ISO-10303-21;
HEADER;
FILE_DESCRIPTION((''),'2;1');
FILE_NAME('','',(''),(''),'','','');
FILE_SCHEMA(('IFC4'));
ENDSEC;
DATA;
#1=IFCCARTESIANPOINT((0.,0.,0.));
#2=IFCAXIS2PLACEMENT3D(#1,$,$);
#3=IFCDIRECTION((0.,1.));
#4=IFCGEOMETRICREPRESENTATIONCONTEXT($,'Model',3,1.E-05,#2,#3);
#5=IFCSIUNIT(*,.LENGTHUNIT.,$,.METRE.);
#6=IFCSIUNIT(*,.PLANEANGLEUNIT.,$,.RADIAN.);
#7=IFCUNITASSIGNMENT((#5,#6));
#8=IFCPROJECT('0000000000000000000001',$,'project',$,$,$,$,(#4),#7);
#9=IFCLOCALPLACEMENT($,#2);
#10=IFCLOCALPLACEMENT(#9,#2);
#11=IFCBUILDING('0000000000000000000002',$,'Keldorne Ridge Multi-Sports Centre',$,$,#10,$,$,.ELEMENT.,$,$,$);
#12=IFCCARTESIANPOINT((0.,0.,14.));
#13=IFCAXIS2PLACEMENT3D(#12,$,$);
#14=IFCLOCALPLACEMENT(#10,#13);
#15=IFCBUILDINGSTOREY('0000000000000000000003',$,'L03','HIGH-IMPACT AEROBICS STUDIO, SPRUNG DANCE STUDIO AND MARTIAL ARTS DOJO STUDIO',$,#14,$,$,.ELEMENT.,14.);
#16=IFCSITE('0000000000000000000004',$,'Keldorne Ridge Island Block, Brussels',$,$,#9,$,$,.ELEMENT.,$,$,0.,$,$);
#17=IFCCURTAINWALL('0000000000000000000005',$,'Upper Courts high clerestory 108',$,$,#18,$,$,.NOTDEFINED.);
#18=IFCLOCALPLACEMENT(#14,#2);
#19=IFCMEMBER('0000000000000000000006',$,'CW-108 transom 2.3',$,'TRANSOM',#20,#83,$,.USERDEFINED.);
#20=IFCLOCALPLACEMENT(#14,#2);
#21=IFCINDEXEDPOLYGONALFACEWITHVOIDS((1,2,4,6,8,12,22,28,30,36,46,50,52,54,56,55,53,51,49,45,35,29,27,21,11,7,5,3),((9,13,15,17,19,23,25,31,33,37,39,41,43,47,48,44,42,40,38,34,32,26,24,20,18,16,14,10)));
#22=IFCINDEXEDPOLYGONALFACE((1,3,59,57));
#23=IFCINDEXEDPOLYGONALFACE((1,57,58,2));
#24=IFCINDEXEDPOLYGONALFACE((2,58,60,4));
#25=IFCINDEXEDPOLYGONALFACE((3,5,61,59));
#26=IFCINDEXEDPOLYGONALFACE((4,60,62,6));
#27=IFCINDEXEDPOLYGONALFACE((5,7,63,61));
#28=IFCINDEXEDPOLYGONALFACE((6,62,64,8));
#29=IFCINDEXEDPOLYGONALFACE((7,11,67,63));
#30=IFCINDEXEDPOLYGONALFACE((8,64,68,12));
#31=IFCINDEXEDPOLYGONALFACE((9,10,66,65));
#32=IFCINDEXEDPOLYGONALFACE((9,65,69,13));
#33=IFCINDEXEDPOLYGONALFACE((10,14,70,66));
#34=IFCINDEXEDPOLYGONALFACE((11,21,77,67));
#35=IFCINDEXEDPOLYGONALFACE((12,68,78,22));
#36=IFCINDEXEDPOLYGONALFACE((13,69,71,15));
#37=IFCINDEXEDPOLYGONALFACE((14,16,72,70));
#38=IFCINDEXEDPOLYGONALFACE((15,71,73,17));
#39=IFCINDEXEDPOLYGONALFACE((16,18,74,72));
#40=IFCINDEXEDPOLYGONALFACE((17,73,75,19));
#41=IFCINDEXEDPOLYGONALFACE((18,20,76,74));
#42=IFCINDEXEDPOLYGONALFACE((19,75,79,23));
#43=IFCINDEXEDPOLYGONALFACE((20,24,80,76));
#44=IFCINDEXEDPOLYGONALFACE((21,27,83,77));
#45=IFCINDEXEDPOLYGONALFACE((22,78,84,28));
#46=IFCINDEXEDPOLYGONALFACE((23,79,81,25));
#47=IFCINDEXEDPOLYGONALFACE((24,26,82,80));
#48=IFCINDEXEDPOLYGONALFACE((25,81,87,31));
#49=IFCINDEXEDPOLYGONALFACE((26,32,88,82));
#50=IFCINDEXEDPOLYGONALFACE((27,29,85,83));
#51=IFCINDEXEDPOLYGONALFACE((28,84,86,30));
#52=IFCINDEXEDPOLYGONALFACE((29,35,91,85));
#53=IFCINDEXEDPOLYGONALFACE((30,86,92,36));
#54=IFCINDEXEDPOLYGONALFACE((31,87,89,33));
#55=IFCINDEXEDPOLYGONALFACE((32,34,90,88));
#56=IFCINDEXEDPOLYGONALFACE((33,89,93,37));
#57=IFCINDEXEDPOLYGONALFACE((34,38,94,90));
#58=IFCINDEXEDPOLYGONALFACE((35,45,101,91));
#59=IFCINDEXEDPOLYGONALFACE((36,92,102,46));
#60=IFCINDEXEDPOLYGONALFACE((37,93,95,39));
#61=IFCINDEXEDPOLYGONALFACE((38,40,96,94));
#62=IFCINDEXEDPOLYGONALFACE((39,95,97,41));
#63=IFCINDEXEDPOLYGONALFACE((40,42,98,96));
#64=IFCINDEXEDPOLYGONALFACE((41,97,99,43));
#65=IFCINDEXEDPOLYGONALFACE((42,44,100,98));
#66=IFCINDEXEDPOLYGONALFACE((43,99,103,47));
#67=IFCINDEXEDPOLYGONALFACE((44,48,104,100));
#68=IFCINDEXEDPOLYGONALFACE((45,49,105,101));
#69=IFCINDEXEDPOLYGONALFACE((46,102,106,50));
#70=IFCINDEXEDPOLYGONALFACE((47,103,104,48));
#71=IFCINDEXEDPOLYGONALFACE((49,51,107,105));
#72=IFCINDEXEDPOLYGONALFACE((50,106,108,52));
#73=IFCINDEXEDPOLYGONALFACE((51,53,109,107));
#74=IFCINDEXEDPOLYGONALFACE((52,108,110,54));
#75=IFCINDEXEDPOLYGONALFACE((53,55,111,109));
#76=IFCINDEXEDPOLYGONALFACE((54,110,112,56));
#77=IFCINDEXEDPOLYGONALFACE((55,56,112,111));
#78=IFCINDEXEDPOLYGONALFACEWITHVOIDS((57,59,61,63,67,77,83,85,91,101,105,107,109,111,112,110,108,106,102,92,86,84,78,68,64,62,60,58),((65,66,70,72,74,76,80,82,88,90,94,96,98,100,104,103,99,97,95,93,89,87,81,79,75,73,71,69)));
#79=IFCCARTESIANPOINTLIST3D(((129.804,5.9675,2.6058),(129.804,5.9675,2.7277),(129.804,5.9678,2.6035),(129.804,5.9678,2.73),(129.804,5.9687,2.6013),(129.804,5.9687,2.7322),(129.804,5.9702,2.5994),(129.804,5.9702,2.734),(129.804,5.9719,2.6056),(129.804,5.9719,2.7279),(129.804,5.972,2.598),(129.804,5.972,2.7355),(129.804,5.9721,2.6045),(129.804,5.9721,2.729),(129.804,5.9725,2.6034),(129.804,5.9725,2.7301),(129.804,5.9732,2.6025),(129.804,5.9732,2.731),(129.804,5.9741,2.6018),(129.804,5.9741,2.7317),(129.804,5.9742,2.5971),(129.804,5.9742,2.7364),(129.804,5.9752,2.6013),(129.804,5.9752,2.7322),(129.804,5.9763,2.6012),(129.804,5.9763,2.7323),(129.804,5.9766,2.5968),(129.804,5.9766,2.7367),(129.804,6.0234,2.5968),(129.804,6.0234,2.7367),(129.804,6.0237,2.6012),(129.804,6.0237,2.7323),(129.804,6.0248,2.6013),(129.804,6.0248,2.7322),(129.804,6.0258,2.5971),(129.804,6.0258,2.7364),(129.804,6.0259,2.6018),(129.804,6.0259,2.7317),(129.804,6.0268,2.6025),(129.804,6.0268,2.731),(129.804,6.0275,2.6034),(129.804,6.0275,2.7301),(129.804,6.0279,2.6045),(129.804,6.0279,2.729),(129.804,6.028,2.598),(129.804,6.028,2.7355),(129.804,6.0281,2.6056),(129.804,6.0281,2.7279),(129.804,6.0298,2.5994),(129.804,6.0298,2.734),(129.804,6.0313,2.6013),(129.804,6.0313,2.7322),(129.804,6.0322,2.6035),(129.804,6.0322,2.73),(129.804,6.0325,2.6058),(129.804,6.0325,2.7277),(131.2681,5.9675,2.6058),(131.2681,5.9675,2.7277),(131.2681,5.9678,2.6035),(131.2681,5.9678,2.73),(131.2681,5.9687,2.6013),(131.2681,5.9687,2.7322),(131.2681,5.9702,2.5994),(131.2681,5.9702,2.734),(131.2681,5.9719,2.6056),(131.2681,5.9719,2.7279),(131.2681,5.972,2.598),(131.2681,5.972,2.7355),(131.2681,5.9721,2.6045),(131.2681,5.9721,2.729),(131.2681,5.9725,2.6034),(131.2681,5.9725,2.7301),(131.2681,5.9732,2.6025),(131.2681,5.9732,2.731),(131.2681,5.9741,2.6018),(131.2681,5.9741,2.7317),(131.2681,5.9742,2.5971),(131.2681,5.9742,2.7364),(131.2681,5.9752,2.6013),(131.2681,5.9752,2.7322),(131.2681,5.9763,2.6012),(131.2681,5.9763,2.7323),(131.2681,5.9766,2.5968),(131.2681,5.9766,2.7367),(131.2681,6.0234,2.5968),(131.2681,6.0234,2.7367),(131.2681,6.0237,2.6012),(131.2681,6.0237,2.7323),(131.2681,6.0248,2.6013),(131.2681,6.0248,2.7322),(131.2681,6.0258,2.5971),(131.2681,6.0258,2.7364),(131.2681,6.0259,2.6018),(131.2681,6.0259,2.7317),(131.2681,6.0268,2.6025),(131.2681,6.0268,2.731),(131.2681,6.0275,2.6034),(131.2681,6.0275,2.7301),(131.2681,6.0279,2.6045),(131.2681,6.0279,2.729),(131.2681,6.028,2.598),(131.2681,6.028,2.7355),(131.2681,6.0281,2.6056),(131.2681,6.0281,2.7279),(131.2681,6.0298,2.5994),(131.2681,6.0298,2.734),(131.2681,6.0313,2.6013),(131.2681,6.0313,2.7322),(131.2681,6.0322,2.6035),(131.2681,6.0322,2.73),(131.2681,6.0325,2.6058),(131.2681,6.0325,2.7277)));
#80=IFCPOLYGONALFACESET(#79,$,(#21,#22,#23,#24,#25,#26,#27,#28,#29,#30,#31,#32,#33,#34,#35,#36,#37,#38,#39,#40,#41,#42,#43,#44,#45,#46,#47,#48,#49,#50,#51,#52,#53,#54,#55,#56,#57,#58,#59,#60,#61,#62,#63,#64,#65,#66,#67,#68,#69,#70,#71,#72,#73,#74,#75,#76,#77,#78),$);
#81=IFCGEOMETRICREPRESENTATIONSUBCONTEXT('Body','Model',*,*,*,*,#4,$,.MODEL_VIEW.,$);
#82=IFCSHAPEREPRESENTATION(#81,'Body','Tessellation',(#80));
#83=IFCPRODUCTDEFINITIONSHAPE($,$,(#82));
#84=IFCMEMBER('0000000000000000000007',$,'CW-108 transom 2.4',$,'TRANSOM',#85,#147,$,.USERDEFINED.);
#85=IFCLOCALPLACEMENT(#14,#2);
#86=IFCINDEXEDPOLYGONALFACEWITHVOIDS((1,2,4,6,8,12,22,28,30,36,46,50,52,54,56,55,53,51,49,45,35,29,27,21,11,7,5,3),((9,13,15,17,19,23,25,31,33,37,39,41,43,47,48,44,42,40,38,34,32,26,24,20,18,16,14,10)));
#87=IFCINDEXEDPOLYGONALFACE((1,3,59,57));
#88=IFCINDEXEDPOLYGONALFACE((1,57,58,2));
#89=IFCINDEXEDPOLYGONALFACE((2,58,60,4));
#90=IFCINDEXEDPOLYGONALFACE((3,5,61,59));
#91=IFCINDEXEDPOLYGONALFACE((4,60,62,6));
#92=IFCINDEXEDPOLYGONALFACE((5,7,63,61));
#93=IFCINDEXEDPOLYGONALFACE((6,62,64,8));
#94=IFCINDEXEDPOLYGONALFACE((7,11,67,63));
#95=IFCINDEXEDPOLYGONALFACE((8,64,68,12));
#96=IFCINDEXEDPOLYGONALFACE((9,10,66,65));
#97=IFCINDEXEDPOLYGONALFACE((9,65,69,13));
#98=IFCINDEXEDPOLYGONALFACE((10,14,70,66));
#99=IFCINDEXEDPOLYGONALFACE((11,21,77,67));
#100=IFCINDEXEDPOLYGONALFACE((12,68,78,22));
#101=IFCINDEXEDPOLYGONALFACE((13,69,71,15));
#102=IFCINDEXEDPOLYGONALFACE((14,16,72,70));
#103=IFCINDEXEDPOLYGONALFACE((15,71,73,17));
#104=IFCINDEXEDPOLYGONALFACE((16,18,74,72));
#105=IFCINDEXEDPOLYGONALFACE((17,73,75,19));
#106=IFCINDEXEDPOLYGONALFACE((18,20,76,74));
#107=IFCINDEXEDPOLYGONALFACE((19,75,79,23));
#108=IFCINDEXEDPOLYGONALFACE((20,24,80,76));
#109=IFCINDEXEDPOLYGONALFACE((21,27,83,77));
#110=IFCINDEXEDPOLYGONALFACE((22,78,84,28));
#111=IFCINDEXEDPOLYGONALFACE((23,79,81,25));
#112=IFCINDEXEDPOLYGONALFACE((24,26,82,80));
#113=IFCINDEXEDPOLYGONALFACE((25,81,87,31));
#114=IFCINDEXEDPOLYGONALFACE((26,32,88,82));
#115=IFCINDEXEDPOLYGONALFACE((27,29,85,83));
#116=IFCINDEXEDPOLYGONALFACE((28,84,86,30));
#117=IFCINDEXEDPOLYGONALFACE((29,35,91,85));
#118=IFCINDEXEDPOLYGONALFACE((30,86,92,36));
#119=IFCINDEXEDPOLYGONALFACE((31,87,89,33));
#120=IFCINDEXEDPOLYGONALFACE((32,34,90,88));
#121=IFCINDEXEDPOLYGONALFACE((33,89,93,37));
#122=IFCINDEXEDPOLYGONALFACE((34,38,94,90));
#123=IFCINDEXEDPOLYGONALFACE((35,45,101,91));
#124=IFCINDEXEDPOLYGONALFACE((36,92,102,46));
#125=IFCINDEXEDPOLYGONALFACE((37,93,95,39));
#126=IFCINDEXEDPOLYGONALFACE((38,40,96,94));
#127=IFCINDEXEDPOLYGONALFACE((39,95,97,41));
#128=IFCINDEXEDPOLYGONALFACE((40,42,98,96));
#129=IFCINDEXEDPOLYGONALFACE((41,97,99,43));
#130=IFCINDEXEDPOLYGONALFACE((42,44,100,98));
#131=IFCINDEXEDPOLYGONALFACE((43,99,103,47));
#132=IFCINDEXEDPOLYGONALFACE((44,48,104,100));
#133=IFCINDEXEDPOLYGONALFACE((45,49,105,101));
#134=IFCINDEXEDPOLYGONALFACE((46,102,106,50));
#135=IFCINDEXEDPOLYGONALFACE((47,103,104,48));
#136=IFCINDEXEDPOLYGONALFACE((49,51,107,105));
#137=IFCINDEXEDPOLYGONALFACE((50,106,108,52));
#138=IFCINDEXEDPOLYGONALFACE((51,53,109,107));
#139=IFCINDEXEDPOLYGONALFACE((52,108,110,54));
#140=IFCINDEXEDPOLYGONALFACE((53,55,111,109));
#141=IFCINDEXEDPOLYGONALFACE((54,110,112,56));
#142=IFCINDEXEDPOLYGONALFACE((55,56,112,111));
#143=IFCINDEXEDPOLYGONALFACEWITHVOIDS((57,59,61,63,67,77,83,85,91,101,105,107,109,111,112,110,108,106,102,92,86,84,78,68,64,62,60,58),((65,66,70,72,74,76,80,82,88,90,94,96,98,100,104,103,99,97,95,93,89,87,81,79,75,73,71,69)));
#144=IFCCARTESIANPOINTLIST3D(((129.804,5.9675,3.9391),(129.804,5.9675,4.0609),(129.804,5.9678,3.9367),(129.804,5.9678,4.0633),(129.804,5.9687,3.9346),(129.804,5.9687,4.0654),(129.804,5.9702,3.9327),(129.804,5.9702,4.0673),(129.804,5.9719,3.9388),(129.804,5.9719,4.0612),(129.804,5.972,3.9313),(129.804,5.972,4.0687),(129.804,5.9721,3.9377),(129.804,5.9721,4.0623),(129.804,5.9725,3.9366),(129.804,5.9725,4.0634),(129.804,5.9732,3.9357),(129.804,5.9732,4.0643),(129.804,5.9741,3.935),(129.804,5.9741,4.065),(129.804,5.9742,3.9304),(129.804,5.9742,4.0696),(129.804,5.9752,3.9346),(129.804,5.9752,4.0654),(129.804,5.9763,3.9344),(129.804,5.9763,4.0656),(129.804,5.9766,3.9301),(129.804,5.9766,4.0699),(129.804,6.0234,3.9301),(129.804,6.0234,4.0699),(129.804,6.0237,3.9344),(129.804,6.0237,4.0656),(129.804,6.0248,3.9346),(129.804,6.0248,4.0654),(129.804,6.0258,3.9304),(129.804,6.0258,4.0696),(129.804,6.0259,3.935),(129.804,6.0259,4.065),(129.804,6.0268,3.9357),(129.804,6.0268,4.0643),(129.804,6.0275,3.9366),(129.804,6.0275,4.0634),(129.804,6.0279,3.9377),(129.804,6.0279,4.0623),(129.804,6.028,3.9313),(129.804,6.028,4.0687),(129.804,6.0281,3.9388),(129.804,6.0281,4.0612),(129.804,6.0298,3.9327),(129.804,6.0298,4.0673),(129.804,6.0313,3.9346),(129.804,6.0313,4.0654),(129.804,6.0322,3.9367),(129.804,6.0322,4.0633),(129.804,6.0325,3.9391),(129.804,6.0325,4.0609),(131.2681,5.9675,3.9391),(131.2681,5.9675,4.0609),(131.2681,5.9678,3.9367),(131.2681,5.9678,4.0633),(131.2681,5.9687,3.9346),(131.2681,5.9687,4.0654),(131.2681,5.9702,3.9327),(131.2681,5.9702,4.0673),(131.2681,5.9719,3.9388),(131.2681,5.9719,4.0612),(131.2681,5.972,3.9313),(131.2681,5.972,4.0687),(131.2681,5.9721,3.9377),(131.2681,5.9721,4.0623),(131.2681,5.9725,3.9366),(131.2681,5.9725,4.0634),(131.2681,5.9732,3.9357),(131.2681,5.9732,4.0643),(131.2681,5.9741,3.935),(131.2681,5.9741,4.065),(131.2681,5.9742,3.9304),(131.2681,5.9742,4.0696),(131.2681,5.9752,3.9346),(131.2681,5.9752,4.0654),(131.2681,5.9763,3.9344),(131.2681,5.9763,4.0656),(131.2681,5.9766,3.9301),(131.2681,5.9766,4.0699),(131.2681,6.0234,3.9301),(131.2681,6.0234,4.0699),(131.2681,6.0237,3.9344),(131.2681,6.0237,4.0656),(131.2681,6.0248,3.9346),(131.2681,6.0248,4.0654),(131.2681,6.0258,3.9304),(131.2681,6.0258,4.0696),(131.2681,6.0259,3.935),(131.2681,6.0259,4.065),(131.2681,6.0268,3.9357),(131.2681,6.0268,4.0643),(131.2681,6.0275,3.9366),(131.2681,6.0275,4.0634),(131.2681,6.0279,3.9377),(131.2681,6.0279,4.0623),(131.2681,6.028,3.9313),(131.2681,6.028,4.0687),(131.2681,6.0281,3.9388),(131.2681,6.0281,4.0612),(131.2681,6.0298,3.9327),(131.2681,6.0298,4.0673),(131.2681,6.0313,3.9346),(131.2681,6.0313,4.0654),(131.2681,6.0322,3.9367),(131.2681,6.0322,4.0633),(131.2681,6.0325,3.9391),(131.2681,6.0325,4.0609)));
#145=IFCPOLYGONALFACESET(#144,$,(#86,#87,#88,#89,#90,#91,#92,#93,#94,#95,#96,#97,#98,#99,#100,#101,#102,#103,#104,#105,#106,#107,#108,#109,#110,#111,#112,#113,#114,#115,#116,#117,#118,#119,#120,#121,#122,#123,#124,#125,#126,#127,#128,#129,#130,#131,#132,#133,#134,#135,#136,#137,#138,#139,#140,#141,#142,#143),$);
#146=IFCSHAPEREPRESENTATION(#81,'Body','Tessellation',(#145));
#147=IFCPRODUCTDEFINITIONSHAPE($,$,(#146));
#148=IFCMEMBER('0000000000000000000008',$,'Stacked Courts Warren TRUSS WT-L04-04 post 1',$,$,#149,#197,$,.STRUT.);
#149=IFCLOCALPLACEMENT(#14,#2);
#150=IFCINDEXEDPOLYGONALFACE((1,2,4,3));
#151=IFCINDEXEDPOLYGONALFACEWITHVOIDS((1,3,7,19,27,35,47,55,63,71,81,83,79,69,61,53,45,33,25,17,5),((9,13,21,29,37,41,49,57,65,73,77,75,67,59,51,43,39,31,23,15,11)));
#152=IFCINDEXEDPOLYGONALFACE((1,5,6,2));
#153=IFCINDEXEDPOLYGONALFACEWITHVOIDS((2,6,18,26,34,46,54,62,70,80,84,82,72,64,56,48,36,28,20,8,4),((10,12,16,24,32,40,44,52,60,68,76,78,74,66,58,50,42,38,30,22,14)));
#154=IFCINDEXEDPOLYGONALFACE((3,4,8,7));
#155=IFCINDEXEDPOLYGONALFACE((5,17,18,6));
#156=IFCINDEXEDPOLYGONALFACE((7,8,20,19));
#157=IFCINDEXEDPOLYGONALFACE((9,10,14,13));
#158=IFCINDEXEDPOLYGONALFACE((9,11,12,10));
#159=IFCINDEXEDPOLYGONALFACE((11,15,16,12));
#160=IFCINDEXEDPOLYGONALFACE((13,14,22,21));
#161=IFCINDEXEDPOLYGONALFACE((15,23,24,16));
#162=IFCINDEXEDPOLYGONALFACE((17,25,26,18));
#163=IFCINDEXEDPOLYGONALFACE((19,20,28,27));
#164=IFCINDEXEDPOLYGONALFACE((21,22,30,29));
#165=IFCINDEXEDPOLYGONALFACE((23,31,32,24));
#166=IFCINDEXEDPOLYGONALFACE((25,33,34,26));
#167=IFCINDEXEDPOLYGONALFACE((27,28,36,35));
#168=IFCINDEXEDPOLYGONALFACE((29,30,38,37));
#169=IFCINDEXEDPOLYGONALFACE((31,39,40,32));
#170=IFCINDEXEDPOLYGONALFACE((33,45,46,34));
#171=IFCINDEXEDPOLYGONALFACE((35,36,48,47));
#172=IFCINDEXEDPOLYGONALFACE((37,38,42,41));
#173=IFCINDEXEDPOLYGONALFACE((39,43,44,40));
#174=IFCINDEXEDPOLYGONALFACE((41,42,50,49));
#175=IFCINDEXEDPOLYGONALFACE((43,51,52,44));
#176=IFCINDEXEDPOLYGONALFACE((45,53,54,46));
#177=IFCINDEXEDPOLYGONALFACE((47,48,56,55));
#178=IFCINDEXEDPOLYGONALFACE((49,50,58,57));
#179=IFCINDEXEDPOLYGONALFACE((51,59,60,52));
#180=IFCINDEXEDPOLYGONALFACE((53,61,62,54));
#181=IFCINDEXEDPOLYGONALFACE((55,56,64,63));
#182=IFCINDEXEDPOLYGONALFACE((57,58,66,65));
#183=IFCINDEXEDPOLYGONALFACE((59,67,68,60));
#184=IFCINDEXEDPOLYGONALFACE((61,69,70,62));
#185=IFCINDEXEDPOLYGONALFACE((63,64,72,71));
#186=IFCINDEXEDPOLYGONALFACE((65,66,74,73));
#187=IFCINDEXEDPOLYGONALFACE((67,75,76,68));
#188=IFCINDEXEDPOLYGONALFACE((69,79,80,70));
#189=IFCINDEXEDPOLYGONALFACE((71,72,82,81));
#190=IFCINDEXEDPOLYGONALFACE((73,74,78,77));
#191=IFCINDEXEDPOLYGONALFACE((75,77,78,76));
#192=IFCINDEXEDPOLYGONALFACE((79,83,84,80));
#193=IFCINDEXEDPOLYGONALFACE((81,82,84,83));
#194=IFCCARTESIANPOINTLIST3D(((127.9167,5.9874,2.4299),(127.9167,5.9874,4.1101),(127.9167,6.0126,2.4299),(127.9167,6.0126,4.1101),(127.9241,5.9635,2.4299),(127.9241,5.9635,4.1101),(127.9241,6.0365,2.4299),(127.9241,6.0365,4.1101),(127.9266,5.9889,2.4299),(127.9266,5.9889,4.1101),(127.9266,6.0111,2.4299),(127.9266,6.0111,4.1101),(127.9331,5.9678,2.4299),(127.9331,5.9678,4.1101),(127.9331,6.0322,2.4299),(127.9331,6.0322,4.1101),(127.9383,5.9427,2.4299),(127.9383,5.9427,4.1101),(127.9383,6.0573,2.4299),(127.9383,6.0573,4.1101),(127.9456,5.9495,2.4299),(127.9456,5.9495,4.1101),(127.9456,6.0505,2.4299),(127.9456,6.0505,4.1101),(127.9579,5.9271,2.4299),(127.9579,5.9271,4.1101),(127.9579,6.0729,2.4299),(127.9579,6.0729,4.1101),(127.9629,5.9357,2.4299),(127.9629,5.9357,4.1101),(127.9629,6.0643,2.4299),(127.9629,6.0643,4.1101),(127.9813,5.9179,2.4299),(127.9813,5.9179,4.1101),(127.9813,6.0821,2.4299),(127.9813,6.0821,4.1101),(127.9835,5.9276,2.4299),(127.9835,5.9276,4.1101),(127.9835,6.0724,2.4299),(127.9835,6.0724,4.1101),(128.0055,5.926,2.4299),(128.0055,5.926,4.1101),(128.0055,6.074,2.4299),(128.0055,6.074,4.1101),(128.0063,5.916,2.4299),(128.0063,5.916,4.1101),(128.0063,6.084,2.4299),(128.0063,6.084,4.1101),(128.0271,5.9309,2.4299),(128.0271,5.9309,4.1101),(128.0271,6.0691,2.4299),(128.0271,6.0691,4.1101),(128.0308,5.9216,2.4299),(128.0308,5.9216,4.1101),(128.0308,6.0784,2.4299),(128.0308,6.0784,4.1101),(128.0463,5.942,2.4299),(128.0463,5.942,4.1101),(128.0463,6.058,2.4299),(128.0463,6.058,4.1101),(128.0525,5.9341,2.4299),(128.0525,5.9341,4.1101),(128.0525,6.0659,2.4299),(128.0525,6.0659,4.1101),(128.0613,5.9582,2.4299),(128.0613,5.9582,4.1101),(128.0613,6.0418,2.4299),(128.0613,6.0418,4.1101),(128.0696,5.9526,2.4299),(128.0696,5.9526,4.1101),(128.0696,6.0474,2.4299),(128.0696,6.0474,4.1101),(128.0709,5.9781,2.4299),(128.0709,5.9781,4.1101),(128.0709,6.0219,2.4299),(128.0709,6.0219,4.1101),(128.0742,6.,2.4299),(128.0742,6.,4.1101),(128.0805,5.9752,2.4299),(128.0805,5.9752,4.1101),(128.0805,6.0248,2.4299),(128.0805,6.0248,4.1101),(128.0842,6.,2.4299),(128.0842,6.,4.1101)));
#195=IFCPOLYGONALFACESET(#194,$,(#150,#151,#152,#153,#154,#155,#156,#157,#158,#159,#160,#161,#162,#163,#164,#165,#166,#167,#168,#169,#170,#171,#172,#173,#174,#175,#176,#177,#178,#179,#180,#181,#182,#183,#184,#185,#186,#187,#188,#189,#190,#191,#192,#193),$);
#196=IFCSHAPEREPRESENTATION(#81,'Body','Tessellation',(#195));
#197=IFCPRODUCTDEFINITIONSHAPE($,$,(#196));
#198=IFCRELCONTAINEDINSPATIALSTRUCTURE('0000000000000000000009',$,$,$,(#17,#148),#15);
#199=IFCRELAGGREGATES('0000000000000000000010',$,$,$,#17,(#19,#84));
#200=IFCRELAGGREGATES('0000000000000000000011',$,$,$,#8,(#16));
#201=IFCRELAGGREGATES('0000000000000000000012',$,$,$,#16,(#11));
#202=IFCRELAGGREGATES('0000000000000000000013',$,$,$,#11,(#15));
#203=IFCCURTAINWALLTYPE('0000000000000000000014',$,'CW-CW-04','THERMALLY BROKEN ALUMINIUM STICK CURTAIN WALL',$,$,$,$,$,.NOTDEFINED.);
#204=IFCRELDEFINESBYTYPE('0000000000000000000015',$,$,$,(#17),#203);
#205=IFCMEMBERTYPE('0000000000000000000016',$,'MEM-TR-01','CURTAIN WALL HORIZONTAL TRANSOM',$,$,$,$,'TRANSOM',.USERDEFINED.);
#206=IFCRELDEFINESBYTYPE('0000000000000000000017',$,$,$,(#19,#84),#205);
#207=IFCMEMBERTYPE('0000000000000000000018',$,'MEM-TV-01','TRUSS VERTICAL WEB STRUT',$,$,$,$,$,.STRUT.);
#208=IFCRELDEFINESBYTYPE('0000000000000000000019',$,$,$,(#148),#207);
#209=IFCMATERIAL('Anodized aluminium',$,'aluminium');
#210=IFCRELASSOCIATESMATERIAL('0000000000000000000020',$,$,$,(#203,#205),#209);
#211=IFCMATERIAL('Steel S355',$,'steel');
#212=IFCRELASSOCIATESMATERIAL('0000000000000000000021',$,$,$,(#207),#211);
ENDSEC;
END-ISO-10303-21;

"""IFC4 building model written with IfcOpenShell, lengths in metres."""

from ifc_helpers import new_model, si_unit, direction, frame, origin, origin_2d, place, context, subcontext, project, spatial, hollow_rectangle, hollow_circle, extrude, material, material_profile, profile_set, type_object, element, aggregate, save


model = new_model("IFC4")

# Units and contexts
model_context = context("Model", 3, precision=1e-05, world=origin(), true_north=direction((0.0, 1.0)))
body_context = subcontext(model_context, "Body", "Model", "MODEL_VIEW")
ifc_project = project(units=[si_unit("LENGTHUNIT", "METRE"), si_unit("PLANEANGLEUNIT", "RADIAN")], contexts=[model_context])

# Site, building, storey
site_placement = place(None, origin())
site = spatial("IfcSite", under=ifc_project, at=site_placement, Name="Keldorne Ridge Island Block, Brussels", CompositionType="ELEMENT", RefElevation=0.0)
building_placement = place(site_placement, origin())
building = spatial("IfcBuilding", under=site, at=building_placement, Name="Keldorne Ridge Multi-Sports Centre", CompositionType="ELEMENT")
storey_placement = place(building_placement, frame((0.0, 0.0, 14.0)))
storey = spatial("IfcBuildingStorey", under=building, at=storey_placement, Name="L03", Description="HIGH-IMPACT AEROBICS STUDIO, SPRUNG DANCE STUDIO AND MARTIAL ARTS DOJO STUDIO", CompositionType="ELEMENT", Elevation=14.0)

# Shared definitions
ifc_material_1 = material(Name="Steel S355", Category="steel")

# Curtain wall
ifc_material_2 = material(Name="Anodized aluminium", Category="aluminium")
curtain_wall_type_1 = type_object("IfcCurtainWallType", Name="CW-CW-04", Description="THERMALLY BROKEN ALUMINIUM STICK CURTAIN WALL", PredefinedType="NOTDEFINED", material=ifc_material_2)
curtain_wall_1_placement = place(storey_placement, origin())
curtain_wall_1 = element("IfcCurtainWall", 1, at=curtain_wall_1_placement, inside=storey, type_object=curtain_wall_type_1, Name="Upper Courts high clerestory 108", PredefinedType="NOTDEFINED")

# Members
ifc_material_profile_1 = material_profile(ifc_material_2, hollow_rectangle(XDim=0.0649, YDim=0.1399, WallThickness=0.0044, InnerFilletRadius=0.0044, OuterFilletRadius=0.009, at=origin_2d()), Name="ALU TRANSOM 140x65x4.5")
ifc_profile_set_1 = profile_set([ifc_material_profile_1], Name="Anodized aluminium")
member_type_1 = type_object("IfcMemberType", Name="MEM-TR-01", Description="CURTAIN WALL HORIZONTAL TRANSOM", ElementType="TRANSOM", PredefinedType="USERDEFINED", material=ifc_profile_set_1)
member_1_placement = place(storey_placement, frame((129.804, 6.0, 2.6667), z_axis=(1.0, 0.0, 0.0), x_axis=(0.0, 1.0, 0.0)))
member_1 = element("IfcMember", 2, at=member_1_placement, type_object=member_type_1, Name="CW-108 transom 2.3", ObjectType="TRANSOM", PredefinedType="USERDEFINED", context=body_context, shape_type="SweptSolid", body=[
    extrude(hollow_rectangle(XDim=0.0649, YDim=0.1399, WallThickness=0.0044, InnerFilletRadius=0.0044, OuterFilletRadius=0.009, at=origin_2d()), origin(), (0.0, 0.0, 1.0), 1.4641),
])
member_2_placement = place(storey_placement, frame((129.804, 6.0, 4.0), z_axis=(1.0, 0.0, 0.0), x_axis=(0.0, 1.0, 0.0)))
member_2 = element("IfcMember", 3, at=member_2_placement, type_object=member_type_1, Name="CW-108 transom 2.4", ObjectType="TRANSOM", PredefinedType="USERDEFINED", context=body_context, shape_type="SweptSolid", body=[
    extrude(hollow_rectangle(XDim=0.0649, YDim=0.1399, WallThickness=0.0044, InnerFilletRadius=0.0044, OuterFilletRadius=0.009, at=origin_2d()), origin(), (0.0, 0.0, 1.0), 1.4641),
])
ifc_material_profile_2 = material_profile(ifc_material_1, hollow_circle(Radius=0.0842, WallThickness=0.01, at=origin_2d()), Name="CHS 168.3x10")
ifc_profile_set_2 = profile_set([ifc_material_profile_2], Name="Steel S355")
member_type_2 = type_object("IfcMemberType", Name="MEM-TV-01", Description="TRUSS VERTICAL WEB STRUT", PredefinedType="STRUT", material=ifc_profile_set_2)
member_3_placement = place(storey_placement, frame((128.0, 6.0, 2.4299), z_axis=(0.0, 0.0, 1.0), x_axis=(1.0, 0.0, 0.0)))
element("IfcMember", 4, at=member_3_placement, inside=storey, type_object=member_type_2, Name="Stacked Courts Warren TRUSS WT-L04-04 post 1", PredefinedType="STRUT", context=body_context, shape_type="SweptSolid", body=[
    extrude(hollow_circle(Radius=0.0842, WallThickness=0.01, at=origin_2d()), origin(), (0.0, 0.0, 1.0), 1.6802),
])

aggregate(curtain_wall_1, [member_1, member_2])

save(model, "model.ifc")
